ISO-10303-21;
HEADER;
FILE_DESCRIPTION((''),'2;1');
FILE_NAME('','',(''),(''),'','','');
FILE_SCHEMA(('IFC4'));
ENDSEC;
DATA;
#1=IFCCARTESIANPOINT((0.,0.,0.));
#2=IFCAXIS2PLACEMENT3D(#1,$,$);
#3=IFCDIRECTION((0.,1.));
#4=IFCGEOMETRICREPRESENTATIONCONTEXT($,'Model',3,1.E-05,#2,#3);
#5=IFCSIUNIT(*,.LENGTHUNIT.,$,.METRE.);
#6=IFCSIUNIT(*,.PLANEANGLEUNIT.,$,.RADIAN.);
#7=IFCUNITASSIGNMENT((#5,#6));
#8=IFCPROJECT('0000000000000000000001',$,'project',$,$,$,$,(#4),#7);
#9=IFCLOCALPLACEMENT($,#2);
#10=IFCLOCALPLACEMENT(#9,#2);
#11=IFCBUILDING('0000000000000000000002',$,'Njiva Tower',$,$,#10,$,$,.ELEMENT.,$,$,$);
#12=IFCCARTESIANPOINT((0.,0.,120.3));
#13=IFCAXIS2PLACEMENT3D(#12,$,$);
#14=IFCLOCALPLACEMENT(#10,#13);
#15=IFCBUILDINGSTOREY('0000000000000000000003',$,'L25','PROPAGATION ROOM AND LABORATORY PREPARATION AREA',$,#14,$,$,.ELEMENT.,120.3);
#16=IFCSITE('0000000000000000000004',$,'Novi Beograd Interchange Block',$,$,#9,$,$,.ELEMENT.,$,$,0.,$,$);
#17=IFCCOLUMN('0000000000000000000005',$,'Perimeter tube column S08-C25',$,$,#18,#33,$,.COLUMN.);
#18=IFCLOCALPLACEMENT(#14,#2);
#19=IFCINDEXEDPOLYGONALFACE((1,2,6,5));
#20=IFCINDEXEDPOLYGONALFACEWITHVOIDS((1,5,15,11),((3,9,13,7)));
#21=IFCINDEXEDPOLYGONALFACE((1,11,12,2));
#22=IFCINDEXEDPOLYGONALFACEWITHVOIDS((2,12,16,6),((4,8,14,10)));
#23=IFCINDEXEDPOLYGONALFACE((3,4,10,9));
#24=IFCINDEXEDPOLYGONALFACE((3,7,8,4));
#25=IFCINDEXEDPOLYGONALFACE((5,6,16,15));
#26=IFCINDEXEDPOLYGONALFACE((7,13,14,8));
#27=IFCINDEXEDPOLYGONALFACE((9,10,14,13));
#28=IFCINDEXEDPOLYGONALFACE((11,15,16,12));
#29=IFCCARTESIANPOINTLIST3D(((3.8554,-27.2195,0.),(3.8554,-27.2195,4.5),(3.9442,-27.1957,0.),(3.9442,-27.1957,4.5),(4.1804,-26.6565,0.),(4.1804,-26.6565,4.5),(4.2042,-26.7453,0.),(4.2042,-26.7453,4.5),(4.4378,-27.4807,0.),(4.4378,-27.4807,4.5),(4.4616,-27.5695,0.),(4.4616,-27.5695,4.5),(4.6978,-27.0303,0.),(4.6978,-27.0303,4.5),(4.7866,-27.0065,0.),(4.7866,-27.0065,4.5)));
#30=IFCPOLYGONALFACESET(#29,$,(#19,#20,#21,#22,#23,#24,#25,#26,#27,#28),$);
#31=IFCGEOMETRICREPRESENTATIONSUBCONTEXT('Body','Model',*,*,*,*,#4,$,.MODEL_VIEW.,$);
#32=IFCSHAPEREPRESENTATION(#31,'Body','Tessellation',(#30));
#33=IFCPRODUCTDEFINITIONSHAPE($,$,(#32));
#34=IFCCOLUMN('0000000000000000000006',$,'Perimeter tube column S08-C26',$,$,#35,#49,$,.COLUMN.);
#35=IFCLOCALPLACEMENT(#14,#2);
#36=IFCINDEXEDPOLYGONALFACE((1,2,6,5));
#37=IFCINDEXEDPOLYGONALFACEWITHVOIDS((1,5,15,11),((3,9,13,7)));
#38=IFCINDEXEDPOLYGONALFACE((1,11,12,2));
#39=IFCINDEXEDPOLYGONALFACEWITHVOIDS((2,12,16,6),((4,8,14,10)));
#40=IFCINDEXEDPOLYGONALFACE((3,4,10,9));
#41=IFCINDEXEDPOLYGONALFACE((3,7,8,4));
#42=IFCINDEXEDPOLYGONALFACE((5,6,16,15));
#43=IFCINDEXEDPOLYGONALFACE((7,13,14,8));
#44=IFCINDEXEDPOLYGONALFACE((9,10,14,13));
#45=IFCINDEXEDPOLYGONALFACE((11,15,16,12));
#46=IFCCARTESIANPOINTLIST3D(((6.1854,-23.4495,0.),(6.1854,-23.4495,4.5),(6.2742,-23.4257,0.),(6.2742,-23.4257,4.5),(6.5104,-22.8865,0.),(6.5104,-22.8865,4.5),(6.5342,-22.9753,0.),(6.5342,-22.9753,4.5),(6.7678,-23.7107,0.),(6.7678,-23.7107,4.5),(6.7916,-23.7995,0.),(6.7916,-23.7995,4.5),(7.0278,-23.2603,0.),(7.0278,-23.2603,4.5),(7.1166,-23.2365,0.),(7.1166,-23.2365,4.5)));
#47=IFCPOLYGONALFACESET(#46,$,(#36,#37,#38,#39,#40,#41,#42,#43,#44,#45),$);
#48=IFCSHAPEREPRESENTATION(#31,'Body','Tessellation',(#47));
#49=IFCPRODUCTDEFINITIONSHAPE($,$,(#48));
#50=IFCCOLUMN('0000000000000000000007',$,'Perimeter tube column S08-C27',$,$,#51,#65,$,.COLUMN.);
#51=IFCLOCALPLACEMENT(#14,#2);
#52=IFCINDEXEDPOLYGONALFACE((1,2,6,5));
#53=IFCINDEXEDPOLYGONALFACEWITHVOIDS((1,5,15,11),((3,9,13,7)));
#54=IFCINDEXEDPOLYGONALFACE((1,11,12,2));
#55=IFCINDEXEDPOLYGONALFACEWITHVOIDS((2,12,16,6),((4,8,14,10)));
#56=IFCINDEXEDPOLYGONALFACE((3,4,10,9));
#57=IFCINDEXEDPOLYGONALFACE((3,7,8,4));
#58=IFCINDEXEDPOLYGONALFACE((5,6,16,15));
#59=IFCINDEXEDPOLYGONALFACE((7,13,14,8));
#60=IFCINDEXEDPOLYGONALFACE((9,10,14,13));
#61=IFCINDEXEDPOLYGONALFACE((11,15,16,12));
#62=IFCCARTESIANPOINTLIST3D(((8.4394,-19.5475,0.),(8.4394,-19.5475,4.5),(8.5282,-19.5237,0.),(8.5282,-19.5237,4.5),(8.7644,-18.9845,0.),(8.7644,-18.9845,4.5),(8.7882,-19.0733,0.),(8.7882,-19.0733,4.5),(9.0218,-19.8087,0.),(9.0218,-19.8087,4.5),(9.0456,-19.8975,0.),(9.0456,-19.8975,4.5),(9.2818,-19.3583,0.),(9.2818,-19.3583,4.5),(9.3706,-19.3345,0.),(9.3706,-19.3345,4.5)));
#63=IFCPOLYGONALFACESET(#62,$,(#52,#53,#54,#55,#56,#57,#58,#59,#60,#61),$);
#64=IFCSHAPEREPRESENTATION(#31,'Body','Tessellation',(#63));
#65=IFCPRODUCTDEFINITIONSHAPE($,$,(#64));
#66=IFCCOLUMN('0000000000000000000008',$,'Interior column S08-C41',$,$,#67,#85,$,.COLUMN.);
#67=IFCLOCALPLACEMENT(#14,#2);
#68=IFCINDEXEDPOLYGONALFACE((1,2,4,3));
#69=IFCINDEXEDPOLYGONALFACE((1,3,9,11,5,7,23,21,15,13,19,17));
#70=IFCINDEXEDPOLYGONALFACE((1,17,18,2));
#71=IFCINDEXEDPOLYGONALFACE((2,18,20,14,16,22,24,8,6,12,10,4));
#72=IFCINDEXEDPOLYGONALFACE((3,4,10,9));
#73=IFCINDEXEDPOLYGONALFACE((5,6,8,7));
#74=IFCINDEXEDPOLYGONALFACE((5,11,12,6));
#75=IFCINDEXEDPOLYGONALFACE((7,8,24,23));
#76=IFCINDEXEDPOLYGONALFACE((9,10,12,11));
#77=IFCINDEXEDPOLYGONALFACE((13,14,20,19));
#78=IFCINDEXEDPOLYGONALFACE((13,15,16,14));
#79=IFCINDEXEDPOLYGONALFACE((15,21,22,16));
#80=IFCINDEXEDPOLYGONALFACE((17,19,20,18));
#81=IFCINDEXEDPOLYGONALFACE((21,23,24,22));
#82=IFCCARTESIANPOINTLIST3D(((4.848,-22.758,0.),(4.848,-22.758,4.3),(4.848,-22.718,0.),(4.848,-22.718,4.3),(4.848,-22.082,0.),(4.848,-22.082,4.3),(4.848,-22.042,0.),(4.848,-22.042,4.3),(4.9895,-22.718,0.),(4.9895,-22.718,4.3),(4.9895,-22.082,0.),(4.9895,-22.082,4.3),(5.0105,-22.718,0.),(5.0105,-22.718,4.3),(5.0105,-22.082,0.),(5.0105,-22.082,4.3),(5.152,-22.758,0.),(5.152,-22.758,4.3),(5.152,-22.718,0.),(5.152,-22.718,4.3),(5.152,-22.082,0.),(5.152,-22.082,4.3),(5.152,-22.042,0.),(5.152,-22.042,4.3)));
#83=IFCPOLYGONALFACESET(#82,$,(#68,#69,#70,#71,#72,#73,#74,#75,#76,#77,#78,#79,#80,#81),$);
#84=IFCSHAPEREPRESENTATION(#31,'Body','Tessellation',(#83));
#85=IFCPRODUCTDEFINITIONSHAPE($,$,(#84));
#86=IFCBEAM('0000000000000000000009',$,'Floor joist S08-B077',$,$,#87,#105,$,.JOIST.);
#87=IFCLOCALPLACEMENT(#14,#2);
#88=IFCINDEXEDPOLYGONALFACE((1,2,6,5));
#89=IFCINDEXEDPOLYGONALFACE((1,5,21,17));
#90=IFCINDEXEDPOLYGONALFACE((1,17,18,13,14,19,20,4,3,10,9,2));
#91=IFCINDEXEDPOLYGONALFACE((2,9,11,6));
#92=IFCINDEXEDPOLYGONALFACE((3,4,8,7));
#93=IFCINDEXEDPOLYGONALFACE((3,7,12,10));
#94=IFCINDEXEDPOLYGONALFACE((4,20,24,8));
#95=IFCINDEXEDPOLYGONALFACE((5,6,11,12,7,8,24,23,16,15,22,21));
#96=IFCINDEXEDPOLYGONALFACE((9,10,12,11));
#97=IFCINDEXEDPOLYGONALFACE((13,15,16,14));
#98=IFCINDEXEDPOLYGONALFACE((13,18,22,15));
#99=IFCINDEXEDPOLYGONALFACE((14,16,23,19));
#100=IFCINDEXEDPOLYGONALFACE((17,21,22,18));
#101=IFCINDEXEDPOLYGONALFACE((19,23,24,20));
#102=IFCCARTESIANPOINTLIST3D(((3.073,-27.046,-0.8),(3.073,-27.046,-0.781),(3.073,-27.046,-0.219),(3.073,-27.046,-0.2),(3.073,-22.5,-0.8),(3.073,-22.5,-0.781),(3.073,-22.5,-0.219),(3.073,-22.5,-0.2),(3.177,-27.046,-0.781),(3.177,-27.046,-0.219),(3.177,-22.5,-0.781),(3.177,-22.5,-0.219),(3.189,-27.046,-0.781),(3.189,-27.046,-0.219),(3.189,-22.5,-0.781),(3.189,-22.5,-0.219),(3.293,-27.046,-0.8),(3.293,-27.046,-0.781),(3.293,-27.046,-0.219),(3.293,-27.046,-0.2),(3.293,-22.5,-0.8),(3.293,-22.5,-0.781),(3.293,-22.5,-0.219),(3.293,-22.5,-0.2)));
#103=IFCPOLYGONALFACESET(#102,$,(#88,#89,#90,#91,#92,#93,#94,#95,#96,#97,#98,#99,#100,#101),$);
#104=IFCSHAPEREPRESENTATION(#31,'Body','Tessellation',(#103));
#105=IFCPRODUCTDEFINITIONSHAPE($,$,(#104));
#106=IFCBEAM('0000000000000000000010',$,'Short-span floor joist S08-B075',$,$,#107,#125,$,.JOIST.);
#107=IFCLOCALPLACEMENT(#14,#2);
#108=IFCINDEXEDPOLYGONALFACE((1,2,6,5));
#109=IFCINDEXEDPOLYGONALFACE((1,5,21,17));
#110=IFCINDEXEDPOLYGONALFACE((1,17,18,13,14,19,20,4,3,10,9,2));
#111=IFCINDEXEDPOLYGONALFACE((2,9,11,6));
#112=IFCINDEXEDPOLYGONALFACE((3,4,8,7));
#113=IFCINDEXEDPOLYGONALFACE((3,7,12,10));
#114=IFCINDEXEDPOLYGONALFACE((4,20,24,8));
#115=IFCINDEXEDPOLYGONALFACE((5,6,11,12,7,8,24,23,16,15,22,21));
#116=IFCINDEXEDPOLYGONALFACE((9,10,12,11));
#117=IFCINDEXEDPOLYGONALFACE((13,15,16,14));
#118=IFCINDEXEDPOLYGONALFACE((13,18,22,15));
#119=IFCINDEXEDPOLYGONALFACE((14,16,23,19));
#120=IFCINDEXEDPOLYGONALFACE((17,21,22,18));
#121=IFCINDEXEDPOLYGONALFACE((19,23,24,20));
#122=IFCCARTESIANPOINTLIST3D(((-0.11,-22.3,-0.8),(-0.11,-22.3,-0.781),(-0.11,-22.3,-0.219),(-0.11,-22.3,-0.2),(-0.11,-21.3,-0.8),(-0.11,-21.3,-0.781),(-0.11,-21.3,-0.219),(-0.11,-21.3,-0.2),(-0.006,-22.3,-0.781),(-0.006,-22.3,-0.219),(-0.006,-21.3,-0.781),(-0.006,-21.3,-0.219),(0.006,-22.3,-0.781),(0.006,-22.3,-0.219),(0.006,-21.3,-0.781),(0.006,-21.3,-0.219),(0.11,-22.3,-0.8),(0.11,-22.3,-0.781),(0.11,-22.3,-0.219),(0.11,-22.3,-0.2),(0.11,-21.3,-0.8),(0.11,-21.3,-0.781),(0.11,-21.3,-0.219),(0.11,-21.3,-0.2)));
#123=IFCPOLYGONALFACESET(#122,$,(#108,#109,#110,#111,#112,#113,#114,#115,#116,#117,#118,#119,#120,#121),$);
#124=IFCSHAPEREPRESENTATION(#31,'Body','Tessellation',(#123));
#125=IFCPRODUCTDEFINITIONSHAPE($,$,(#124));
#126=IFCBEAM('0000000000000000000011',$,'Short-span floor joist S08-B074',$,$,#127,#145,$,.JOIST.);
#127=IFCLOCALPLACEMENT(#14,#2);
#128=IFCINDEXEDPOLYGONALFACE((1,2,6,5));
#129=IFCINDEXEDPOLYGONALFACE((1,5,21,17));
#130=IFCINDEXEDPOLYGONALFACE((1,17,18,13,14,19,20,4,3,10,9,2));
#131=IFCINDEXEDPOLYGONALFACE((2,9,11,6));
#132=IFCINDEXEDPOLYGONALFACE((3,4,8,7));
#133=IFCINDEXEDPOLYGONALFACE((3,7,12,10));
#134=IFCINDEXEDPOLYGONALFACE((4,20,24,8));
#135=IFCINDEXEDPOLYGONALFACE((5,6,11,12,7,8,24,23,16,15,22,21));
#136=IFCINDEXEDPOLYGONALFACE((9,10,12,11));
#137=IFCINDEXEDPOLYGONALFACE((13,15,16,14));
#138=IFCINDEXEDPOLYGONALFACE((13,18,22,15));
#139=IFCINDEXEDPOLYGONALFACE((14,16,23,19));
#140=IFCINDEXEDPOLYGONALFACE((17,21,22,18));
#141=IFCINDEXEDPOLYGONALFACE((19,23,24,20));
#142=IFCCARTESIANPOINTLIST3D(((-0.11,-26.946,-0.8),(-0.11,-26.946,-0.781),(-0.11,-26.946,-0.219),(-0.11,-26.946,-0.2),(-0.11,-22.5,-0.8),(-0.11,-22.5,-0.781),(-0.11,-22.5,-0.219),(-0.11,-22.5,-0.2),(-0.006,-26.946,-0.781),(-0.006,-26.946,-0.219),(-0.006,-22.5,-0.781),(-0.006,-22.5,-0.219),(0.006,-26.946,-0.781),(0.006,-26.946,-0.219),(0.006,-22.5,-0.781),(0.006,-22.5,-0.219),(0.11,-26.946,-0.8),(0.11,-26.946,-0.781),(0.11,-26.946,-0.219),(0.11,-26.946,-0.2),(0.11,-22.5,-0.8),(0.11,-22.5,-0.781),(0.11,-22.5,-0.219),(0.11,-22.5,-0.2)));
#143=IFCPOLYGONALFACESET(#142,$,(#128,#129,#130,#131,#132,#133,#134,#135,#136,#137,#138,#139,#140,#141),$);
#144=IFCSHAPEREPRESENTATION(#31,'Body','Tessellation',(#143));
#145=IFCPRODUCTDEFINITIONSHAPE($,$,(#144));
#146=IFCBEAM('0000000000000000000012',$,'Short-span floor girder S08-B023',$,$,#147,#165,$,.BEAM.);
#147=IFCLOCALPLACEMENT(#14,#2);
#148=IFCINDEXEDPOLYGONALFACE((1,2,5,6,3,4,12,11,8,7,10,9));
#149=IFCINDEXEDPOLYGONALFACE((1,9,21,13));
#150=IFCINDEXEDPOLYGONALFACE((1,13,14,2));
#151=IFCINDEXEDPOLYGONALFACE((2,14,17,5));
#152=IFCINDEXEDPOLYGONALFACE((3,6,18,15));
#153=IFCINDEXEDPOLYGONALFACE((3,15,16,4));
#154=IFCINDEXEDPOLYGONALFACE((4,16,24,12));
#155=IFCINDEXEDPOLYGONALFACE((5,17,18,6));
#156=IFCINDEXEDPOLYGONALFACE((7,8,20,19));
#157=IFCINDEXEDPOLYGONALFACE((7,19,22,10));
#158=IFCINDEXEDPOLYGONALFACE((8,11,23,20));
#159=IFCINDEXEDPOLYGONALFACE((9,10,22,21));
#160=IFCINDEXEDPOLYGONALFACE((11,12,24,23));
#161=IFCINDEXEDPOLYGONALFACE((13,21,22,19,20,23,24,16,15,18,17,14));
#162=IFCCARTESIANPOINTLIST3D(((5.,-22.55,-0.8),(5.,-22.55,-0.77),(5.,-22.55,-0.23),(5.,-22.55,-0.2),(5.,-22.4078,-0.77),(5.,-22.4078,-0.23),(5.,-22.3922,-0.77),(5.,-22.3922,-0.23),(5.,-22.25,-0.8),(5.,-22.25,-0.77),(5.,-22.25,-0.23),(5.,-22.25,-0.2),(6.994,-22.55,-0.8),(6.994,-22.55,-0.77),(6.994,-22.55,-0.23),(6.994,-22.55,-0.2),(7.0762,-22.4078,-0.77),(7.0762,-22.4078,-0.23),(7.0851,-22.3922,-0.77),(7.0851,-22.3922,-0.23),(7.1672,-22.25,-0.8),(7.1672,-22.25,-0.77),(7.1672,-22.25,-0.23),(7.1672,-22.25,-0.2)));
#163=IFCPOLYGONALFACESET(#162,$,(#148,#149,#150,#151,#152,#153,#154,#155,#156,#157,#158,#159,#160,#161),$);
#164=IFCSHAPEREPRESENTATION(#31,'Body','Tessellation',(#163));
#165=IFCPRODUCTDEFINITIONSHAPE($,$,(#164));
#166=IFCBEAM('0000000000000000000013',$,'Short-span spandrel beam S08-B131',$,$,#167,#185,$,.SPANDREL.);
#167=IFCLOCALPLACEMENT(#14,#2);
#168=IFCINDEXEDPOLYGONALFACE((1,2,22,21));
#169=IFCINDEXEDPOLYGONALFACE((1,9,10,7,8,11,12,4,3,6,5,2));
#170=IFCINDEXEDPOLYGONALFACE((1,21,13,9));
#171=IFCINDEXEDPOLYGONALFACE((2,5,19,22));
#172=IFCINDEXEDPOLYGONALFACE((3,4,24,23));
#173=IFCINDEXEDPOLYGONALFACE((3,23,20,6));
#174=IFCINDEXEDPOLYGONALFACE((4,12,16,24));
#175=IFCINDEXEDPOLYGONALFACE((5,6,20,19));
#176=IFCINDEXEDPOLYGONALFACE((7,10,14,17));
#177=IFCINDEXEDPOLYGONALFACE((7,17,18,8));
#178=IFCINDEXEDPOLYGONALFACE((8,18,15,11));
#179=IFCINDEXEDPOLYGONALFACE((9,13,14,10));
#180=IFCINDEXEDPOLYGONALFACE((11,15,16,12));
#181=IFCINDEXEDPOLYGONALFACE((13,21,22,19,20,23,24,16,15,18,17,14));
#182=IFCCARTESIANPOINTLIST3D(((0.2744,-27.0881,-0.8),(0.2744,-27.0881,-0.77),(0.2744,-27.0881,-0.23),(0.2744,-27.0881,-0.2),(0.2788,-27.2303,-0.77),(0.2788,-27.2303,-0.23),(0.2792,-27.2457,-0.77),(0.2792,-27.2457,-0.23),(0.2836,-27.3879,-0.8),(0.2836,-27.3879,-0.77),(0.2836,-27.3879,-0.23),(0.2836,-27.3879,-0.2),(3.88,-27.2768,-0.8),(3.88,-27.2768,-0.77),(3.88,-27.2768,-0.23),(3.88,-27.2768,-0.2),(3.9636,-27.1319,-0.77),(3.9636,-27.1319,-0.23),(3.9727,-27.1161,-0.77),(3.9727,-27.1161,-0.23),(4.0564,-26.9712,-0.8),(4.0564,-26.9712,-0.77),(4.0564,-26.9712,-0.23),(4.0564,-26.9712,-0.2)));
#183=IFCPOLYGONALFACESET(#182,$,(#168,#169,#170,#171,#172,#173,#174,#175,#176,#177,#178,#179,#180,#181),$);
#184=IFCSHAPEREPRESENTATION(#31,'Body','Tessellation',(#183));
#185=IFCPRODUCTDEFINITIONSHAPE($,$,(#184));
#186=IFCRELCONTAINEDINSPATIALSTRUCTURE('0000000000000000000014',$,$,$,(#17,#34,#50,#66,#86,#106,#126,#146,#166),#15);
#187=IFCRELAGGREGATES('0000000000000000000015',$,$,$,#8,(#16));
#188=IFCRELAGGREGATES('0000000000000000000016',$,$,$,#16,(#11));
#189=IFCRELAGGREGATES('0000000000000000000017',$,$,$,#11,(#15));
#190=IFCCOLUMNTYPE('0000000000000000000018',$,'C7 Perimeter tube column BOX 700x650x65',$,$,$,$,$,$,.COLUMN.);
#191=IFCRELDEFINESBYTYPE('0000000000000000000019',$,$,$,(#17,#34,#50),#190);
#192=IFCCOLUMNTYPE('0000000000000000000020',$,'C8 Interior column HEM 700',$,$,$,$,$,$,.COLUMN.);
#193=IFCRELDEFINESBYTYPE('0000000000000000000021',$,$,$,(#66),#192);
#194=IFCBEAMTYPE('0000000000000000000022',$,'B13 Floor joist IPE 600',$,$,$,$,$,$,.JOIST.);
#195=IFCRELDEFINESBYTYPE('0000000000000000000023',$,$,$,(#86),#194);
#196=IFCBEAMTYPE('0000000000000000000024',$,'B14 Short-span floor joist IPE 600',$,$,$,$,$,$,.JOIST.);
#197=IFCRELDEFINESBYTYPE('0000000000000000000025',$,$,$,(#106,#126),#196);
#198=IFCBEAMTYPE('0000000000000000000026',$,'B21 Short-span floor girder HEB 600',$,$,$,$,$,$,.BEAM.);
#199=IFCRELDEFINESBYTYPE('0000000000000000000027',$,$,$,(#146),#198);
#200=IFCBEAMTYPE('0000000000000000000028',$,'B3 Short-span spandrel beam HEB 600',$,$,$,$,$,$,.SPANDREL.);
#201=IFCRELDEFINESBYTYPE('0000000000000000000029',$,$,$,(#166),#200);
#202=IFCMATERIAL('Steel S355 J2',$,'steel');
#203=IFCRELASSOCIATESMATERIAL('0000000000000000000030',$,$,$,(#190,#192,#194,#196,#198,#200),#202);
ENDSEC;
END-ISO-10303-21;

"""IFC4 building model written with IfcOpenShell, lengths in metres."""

from ifc_helpers import new_model, si_unit, direction, frame, origin, origin_2d, place, context, subcontext, project, spatial, hollow_rectangle, i_section, extrude, clip, halfspace, material, material_profile, profile_set, type_object, element, save


model = new_model("IFC4")

# Units and contexts
model_context = context("Model", 3, precision=1e-05, world=origin(), true_north=direction((0.0, 1.0)))
body_context = subcontext(model_context, "Body", "Model", "MODEL_VIEW")
ifc_project = project(units=[si_unit("LENGTHUNIT", "METRE"), si_unit("PLANEANGLEUNIT", "RADIAN")], contexts=[model_context])

# Site, building, storey
site_placement = place(None, origin())
site = spatial("IfcSite", under=ifc_project, at=site_placement, Name="Novi Beograd Interchange Block", CompositionType="ELEMENT", RefElevation=0.0)
building_placement = place(site_placement, origin())
building = spatial("IfcBuilding", under=site, at=building_placement, Name="Njiva Tower", CompositionType="ELEMENT")
storey_placement = place(building_placement, frame((0.0, 0.0, 120.3)))
storey = spatial("IfcBuildingStorey", under=building, at=storey_placement, Name="L25", Description="PROPAGATION ROOM AND LABORATORY PREPARATION AREA", CompositionType="ELEMENT", Elevation=120.3)

# Columns
ifc_material_1 = material(Name="Steel S355 J2", Category="steel")
ifc_material_profile_1 = material_profile(ifc_material_1, hollow_rectangle(XDim=0.65, YDim=0.7, WallThickness=0.065, at=origin_2d()), Name="BOX 700x650x65")
ifc_profile_set_1 = profile_set([ifc_material_profile_1], Name="Steel S355 J2")
column_type_1 = type_object("IfcColumnType", Name="C7 Perimeter tube column BOX 700x650x65", PredefinedType="COLUMN", material=ifc_profile_set_1)
for number, where, z_axis, x_axis, name in (
    (1, (4.321, -27.113, 0.0), (0.0, 0.0, 1.0), (0.5, 0.866025, 0.0), "Perimeter tube column S08-C25"),
    (2, (6.651, -23.343, 0.0), (0.0, 0.0, 1.0), (0.5, 0.866025, 0.0), "Perimeter tube column S08-C26"),
    (3, (8.905, -19.441, 0.0), (0.0, 0.0, 1.0), (0.5, 0.866025, 0.0), "Perimeter tube column S08-C27"),
):
    element("IfcColumn", number, at=place(storey_placement, frame(where, z_axis=z_axis, x_axis=x_axis)), inside=storey, type_object=column_type_1, Name=name, PredefinedType="COLUMN", context=body_context, shape_type="SweptSolid", body=[
        extrude(hollow_rectangle(XDim=0.65, YDim=0.7, WallThickness=0.065, at=origin_2d()), origin(), (0.0, 0.0, 1.0), 4.5),
    ])
ifc_material_profile_2 = material_profile(ifc_material_1, i_section(OverallWidth=0.304, OverallDepth=0.716, WebThickness=0.021, FlangeThickness=0.04, at=origin_2d()), Name="HEM 700")
ifc_profile_set_2 = profile_set([ifc_material_profile_2], Name="Steel S355 J2")
column_type_2 = type_object("IfcColumnType", Name="C8 Interior column HEM 700", PredefinedType="COLUMN", material=ifc_profile_set_2)
column_placement = place(storey_placement, frame((5.0, -22.4, 0.0), z_axis=(0.0, 0.0, 1.0), x_axis=(1.0, 0.0, 0.0)))
element("IfcColumn", 4, at=column_placement, inside=storey, type_object=column_type_2, Name="Interior column S08-C41", PredefinedType="COLUMN", context=body_context, shape_type="SweptSolid", body=[
    extrude(i_section(OverallWidth=0.304, OverallDepth=0.716, WebThickness=0.021, FlangeThickness=0.04, at=origin_2d()), origin(), (0.0, 0.0, 1.0), 4.3),
])

# Beams
ifc_material_profile_3 = material_profile(ifc_material_1, i_section(OverallWidth=0.22, OverallDepth=0.6, WebThickness=0.012, FlangeThickness=0.019, at=origin_2d()), Name="IPE 600")
ifc_profile_set_3 = profile_set([ifc_material_profile_3], Name="Steel S355 J2")
beam_type_1 = type_object("IfcBeamType", Name="B13 Floor joist IPE 600", PredefinedType="JOIST", material=ifc_profile_set_3)
beam_1_placement = place(storey_placement, frame((3.183, -22.5, -0.5), z_axis=(0.0, -1.0, 0.0), x_axis=(1.0, 0.0, 0.0)))
element("IfcBeam", 5, at=beam_1_placement, inside=storey, type_object=beam_type_1, Name="Floor joist S08-B077", PredefinedType="JOIST", context=body_context, shape_type="SweptSolid", body=[
    extrude(i_section(OverallWidth=0.22, OverallDepth=0.6, WebThickness=0.012, FlangeThickness=0.019, at=origin_2d()), origin(), (0.0, 0.0, 1.0), 4.546),
])
ifc_material_profile_4 = material_profile(ifc_material_1, i_section(OverallWidth=0.22, OverallDepth=0.6, WebThickness=0.012, FlangeThickness=0.019, at=origin_2d()), Name="IPE 600")
ifc_profile_set_4 = profile_set([ifc_material_profile_4], Name="Steel S355 J2")
beam_type_2 = type_object("IfcBeamType", Name="B14 Short-span floor joist IPE 600", PredefinedType="JOIST", material=ifc_profile_set_4)
beam_2_placement = place(storey_placement, frame((0.0, -21.3, -0.5), z_axis=(0.0, -1.0, 0.0), x_axis=(1.0, 0.0, 0.0)))
element("IfcBeam", 6, at=beam_2_placement, inside=storey, type_object=beam_type_2, Name="Short-span floor joist S08-B075", PredefinedType="JOIST", context=body_context, shape_type="SweptSolid", body=[
    extrude(i_section(OverallWidth=0.22, OverallDepth=0.6, WebThickness=0.012, FlangeThickness=0.019, at=origin_2d()), origin(), (0.0, 0.0, 1.0), 1.0),
])
beam_3_placement = place(storey_placement, frame((0.0, -22.5, -0.5), z_axis=(0.0, -1.0, 0.0), x_axis=(1.0, 0.0, 0.0)))
element("IfcBeam", 7, at=beam_3_placement, inside=storey, type_object=beam_type_2, Name="Short-span floor joist S08-B074", PredefinedType="JOIST", context=body_context, shape_type="SweptSolid", body=[
    extrude(i_section(OverallWidth=0.22, OverallDepth=0.6, WebThickness=0.012, FlangeThickness=0.019, at=origin_2d()), origin(), (0.0, 0.0, 1.0), 4.446),
])
ifc_material_profile_5 = material_profile(ifc_material_1, i_section(OverallWidth=0.3, OverallDepth=0.6, WebThickness=0.0155, FlangeThickness=0.03, at=origin_2d()), Name="HEB 600")
ifc_profile_set_5 = profile_set([ifc_material_profile_5], Name="Steel S355 J2")
beam_type_3 = type_object("IfcBeamType", Name="B21 Short-span floor girder HEB 600", PredefinedType="BEAM", material=ifc_profile_set_5)
beam_4_placement = place(storey_placement, frame((5.0, -22.4, -0.5), z_axis=(1.0, 0.0, 0.0), x_axis=(0.0, 1.0, 0.0)))
element("IfcBeam", 8, at=beam_4_placement, inside=storey, type_object=beam_type_3, Name="Short-span floor girder S08-B023", PredefinedType="BEAM", context=body_context, shape_type="Clipping", body=[
    clip(extrude(i_section(OverallWidth=0.3, OverallDepth=0.6, WebThickness=0.0155, FlangeThickness=0.03, at=origin_2d()), origin(), (0.0, 0.0, 1.0), 2.188), halfspace(frame((-0.025, 0.0, 2.0662), z_axis=(-0.499998, 0.0, 0.866027), x_axis=(0.0, 1.0, 0.0)), False)),
])
ifc_material_profile_6 = material_profile(ifc_material_1, i_section(OverallWidth=0.3, OverallDepth=0.6, WebThickness=0.0155, FlangeThickness=0.03, at=origin_2d()), Name="HEB 600")
ifc_profile_set_6 = profile_set([ifc_material_profile_6], Name="Steel S355 J2")
beam_type_4 = type_object("IfcBeamType", Name="B3 Short-span spandrel beam HEB 600", PredefinedType="SPANDREL", material=ifc_profile_set_6)
beam_5_placement = place(storey_placement, frame((0.279, -27.238, -0.5), z_axis=(0.999523, 0.030888, 0.0), x_axis=(-0.030888, 0.999523, 0.0)))
element("IfcBeam", 9, at=beam_5_placement, inside=storey, type_object=beam_type_4, Name="Short-span spandrel beam S08-B131", PredefinedType="SPANDREL", context=body_context, shape_type="Clipping", body=[
    clip(extrude(i_section(OverallWidth=0.3, OverallDepth=0.6, WebThickness=0.0155, FlangeThickness=0.03, at=origin_2d()), origin(), (0.0, 0.0, 1.0), 3.8038), halfspace(frame((-0.0264, 0.0, 3.6746), z_axis=(-0.526509, 0.0, 0.850169), x_axis=(0.0, 1.0, 0.0)), False)),
])

save(model, "model.ifc")
